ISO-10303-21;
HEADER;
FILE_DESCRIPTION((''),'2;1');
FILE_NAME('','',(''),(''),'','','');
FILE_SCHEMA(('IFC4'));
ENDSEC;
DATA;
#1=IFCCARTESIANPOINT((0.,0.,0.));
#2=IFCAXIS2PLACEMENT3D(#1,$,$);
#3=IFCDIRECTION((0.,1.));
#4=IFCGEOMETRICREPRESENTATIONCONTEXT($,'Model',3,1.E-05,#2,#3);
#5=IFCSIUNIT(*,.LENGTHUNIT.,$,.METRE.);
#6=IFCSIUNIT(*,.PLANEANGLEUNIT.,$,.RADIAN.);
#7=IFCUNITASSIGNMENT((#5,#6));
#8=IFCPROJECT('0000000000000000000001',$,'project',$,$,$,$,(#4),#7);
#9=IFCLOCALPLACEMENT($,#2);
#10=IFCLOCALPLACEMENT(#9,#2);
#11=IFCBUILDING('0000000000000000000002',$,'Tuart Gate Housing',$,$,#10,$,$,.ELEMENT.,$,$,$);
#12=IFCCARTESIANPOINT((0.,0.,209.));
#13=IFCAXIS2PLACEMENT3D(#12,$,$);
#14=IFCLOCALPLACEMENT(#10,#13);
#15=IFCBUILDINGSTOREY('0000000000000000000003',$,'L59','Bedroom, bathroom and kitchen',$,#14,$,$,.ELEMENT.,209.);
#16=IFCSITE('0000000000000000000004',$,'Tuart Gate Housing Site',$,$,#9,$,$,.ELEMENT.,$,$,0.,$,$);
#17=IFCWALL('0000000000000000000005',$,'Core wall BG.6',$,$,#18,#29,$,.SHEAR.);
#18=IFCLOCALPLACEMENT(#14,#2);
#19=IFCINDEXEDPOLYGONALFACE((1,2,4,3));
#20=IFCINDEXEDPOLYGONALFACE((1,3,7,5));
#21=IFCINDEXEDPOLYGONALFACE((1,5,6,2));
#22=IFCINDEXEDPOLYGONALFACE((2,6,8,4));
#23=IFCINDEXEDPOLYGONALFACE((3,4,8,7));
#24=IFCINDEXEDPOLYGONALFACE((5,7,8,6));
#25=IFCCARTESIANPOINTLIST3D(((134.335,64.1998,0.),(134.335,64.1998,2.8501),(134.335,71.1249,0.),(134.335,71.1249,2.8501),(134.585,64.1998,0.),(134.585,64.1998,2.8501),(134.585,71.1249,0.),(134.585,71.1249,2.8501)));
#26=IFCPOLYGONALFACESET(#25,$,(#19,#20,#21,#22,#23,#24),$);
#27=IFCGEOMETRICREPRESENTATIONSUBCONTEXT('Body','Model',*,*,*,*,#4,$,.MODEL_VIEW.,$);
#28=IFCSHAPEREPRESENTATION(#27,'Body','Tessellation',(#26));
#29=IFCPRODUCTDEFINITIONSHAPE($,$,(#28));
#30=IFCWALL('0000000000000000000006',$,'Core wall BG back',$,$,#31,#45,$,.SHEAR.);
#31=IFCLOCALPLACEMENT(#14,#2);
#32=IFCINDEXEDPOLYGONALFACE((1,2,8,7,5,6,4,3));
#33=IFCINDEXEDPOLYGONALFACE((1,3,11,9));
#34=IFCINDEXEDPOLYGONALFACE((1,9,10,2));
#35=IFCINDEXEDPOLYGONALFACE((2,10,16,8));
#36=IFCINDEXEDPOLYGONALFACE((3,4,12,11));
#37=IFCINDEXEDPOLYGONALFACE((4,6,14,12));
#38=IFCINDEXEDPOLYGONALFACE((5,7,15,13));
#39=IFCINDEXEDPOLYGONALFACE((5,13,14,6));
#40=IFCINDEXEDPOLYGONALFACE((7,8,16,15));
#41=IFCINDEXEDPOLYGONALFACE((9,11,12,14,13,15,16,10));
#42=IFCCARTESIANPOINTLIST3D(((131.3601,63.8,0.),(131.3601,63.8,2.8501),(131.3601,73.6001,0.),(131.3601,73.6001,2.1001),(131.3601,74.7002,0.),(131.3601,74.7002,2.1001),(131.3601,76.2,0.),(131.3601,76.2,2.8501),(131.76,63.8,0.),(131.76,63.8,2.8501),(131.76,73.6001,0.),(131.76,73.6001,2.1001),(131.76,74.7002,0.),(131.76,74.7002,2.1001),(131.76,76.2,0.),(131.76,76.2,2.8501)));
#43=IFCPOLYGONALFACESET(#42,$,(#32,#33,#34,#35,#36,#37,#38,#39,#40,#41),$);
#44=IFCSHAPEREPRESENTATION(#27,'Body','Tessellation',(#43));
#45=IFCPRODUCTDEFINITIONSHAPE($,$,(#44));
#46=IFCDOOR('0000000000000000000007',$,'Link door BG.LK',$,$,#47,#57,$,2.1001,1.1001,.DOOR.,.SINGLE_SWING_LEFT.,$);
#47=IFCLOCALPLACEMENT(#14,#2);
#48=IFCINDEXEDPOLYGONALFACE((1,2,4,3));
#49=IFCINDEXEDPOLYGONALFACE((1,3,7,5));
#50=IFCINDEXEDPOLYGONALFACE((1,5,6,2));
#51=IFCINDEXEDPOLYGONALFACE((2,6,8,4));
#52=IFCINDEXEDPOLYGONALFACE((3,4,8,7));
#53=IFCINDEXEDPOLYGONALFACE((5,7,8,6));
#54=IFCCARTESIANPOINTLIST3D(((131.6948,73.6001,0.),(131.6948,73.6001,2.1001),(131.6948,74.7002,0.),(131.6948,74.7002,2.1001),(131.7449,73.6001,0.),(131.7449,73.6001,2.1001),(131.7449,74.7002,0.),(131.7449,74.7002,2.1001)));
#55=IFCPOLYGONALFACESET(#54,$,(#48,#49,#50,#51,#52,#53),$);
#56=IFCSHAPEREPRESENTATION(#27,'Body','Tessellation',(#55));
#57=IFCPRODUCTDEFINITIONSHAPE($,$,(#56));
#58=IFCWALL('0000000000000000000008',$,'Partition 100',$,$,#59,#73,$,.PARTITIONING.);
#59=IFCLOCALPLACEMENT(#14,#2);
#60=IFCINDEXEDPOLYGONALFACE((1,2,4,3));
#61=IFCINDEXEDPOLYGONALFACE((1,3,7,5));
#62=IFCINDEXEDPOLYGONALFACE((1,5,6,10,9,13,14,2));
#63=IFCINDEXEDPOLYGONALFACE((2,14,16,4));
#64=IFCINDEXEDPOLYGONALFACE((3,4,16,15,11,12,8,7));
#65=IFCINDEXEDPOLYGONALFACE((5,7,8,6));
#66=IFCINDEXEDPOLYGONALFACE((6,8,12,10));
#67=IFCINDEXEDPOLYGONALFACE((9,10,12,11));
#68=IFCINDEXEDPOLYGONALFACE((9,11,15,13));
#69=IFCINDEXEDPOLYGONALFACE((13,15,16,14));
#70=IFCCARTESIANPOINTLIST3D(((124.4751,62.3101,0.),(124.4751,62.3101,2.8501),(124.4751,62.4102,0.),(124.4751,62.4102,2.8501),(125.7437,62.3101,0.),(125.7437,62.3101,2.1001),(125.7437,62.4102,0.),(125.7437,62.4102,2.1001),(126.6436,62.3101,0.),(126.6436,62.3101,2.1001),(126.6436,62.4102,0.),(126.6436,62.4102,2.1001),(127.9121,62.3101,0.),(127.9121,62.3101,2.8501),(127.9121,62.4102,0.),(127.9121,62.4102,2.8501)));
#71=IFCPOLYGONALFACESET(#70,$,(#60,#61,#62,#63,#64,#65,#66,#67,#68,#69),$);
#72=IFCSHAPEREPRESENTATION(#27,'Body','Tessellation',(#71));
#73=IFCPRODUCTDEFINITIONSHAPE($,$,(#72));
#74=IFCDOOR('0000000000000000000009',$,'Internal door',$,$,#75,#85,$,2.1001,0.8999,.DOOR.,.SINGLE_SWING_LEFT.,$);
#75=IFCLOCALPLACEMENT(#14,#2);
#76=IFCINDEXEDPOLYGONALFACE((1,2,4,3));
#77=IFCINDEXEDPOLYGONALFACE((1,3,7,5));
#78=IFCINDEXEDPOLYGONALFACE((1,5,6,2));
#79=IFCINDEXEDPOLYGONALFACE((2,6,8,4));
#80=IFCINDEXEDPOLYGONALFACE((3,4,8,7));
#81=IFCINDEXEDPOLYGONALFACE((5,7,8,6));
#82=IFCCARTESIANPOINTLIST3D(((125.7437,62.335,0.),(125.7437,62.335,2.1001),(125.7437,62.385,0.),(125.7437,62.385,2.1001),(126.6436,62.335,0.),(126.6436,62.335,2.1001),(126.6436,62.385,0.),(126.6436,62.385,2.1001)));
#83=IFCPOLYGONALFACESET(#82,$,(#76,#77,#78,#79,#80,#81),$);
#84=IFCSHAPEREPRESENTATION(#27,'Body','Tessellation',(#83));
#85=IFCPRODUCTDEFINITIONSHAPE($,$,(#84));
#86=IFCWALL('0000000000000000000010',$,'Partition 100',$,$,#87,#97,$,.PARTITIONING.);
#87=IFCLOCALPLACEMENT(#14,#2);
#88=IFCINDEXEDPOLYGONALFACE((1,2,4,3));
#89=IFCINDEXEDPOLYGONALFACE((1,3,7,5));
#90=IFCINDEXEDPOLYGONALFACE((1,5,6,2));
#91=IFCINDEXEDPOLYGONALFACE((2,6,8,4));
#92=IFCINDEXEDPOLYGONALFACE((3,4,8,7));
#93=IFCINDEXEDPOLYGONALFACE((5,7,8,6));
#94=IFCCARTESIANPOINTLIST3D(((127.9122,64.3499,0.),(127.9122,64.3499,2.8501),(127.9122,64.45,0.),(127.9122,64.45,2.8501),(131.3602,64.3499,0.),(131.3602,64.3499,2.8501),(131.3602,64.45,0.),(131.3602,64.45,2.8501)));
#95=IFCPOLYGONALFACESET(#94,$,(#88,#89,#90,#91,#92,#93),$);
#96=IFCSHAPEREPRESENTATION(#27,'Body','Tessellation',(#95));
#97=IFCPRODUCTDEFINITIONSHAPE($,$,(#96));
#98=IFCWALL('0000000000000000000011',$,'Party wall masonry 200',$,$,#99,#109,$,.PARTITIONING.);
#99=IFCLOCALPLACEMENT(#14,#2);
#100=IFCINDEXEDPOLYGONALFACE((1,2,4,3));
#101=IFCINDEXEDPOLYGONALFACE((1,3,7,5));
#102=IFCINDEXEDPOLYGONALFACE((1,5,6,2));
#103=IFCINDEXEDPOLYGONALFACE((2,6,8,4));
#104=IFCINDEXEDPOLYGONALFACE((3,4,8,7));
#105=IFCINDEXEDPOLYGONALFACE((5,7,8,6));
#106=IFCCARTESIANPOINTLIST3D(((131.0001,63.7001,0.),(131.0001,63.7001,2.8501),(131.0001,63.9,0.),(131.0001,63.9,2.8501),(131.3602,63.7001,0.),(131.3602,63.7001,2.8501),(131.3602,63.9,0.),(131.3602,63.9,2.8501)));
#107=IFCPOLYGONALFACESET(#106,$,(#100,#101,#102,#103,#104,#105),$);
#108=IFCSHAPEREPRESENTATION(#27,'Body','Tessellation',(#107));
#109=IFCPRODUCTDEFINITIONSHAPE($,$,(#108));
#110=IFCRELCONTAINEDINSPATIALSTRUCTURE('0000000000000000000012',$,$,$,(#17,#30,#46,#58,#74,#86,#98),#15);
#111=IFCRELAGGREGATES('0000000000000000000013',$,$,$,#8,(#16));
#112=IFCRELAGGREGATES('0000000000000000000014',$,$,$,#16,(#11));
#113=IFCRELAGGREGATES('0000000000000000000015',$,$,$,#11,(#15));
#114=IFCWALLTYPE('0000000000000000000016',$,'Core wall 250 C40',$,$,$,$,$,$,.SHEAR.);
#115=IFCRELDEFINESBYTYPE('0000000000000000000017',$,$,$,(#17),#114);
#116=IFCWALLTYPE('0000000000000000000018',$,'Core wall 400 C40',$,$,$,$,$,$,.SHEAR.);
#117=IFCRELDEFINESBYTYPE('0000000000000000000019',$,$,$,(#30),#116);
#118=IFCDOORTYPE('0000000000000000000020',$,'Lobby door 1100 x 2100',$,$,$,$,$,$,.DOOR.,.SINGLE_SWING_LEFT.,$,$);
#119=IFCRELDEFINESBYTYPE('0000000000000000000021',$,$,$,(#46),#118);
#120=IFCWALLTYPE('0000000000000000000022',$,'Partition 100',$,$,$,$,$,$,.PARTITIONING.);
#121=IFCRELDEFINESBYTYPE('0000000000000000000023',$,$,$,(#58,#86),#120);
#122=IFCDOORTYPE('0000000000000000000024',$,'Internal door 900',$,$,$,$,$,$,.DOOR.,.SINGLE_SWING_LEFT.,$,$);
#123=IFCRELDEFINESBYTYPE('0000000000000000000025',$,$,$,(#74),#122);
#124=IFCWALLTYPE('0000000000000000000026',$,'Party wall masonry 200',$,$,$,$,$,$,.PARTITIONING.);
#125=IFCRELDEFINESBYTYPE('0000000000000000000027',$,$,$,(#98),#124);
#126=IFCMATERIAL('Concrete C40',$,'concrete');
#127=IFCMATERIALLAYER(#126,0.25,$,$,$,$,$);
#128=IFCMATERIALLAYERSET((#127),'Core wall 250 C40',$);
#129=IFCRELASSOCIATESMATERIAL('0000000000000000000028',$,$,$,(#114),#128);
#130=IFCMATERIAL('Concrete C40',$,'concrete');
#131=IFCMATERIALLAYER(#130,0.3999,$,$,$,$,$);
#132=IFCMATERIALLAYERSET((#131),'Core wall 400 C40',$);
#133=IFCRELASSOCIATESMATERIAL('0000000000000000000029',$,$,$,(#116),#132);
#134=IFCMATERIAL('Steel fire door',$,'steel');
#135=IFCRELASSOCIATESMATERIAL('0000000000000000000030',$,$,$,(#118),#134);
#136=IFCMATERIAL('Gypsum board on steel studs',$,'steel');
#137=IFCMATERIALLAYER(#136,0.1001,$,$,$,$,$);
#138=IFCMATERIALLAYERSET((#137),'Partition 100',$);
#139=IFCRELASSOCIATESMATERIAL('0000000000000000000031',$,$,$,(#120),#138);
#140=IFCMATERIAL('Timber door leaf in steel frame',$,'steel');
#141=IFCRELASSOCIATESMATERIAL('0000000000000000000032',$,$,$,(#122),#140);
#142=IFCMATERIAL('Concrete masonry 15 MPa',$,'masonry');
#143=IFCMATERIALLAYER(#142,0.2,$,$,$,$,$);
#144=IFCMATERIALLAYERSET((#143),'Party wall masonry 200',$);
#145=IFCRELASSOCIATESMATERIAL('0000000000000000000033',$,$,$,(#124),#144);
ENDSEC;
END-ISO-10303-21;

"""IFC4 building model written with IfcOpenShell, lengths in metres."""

from ifc_helpers import new_model, si_unit, direction, frame, frame_2d, origin, place, context, subcontext, project, spatial, rectangle, extrude, material, layer, layer_set, type_object, element, fill, save


model = new_model("IFC4")

# Units and contexts
model_context = context("Model", 3, precision=1e-05, world=origin(), true_north=direction((0.0, 1.0)))
body_context = subcontext(model_context, "Body", "Model", "MODEL_VIEW")
ifc_project = project(units=[si_unit("LENGTHUNIT", "METRE"), si_unit("PLANEANGLEUNIT", "RADIAN")], contexts=[model_context])

# Site, building, storey
site_placement = place(None, origin())
site = spatial("IfcSite", under=ifc_project, at=site_placement, Name="Tuart Gate Housing Site", CompositionType="ELEMENT", RefElevation=0.0)
building_placement = place(site_placement, origin())
building = spatial("IfcBuilding", under=site, at=building_placement, Name="Tuart Gate Housing", CompositionType="ELEMENT")
storey_placement = place(building_placement, frame((0.0, 0.0, 209.0)))
storey = spatial("IfcBuildingStorey", under=building, at=storey_placement, Name="L59", Description="Bedroom, bathroom and kitchen", CompositionType="ELEMENT", Elevation=209.0)

# Wall
ifc_material_1 = material(Name="Concrete C40", Category="concrete")
ifc_layer_1 = layer(ifc_material_1, 0.25)
ifc_layer_set_1 = layer_set([ifc_layer_1], Name="Core wall 250 C40")
wall_type_1 = type_object("IfcWallType", Name="Core wall 250 C40", PredefinedType="SHEAR", material=ifc_layer_set_1)
wall_1_placement = place(storey_placement, frame((134.46, 64.2, 0.0), z_axis=(0.0, 0.0, 1.0), x_axis=(0.0, 1.0, 0.0)))
element("IfcWall", 1, at=wall_1_placement, inside=storey, type_object=wall_type_1, Name="Core wall BG.6", PredefinedType="SHEAR", context=body_context, shape_type="SweptSolid", body=[
    extrude(rectangle(XDim=6.925, YDim=0.25, at=frame_2d((3.4624, 0.0))), origin(), (0.0, 0.0, 1.0), 2.8501),
])

# Walls, openings, doors
ifc_material_2 = material(Name="Concrete C40", Category="concrete")
ifc_layer_2 = layer(ifc_material_2, 0.3999)
ifc_layer_set_2 = layer_set([ifc_layer_2], Name="Core wall 400 C40")
wall_type_2 = type_object("IfcWallType", Name="Core wall 400 C40", PredefinedType="SHEAR", material=ifc_layer_set_2)
wall_2_placement = place(storey_placement, frame((131.5601, 63.8, 0.0), z_axis=(0.0, 0.0, 1.0), x_axis=(0.0, 1.0, 0.0)))
wall_2 = element("IfcWall", 2, at=wall_2_placement, inside=storey, type_object=wall_type_2, Name="Core wall BG back", PredefinedType="SHEAR", context=body_context, shape_type="SweptSolid", body=[
    extrude(rectangle(XDim=12.3999, YDim=0.3999, at=frame_2d((6.2, 0.0))), origin(), (0.0, 0.0, 1.0), 2.8501),
])
opening_1_placement = place(wall_2_placement, frame((9.8, 0.0, 0.0)))
opening_1 = element("IfcOpeningElement", 3, at=opening_1_placement, cuts=wall_2, PredefinedType="OPENING", context=body_context, shape_type="SweptSolid", body=[
    extrude(rectangle(XDim=1.1001, YDim=2.1001, at=frame_2d((0.55, 1.05))), frame((0.0, 0.21, 0.0), z_axis=(0.0, -1.0, 0.0), x_axis=(1.0, 0.0, 0.0)), (0.0, 0.0, 1.0), 0.4199),
])
ifc_material_3 = material(Name="Steel fire door", Category="steel")
door_type_1 = type_object("IfcDoorType", Name="Lobby door 1100 x 2100", OperationType="SINGLE_SWING_LEFT", PredefinedType="DOOR", material=ifc_material_3)
door_1_placement = place(opening_1_placement, frame((1.1001, 0.0, 0.0), z_axis=(0.0, 0.0, 1.0), x_axis=(-1.0, 0.0, 0.0)))
door_1 = element("IfcDoor", 4, at=door_1_placement, inside=storey, type_object=door_type_1, Name="Link door BG.LK", OperationType="SINGLE_SWING_LEFT", OverallHeight=2.1001, OverallWidth=1.1001, PredefinedType="DOOR", context=body_context, shape_type="SweptSolid", body=[
    extrude(rectangle(XDim=1.1001, YDim=2.1001, at=frame_2d((0.55, 1.05))), frame((0.0, 0.1848, 0.0), z_axis=(0.0, -1.0, 0.0), x_axis=(1.0, 0.0, 0.0)), (0.0, 0.0, 1.0), 0.05),
])
fill(opening_1, door_1)
ifc_material_4 = material(Name="Gypsum board on steel studs", Category="steel")
ifc_layer_3 = layer(ifc_material_4, 0.1001)
ifc_layer_set_3 = layer_set([ifc_layer_3], Name="Partition 100")
wall_type_3 = type_object("IfcWallType", Name="Partition 100", PredefinedType="PARTITIONING", material=ifc_layer_set_3)
wall_3_placement = place(storey_placement, frame((124.4751, 62.3601, 0.0), z_axis=(0.0, 0.0, 1.0), x_axis=(1.0, 0.0, 0.0)))
wall_3 = element("IfcWall", 5, at=wall_3_placement, inside=storey, type_object=wall_type_3, Name="Partition 100", PredefinedType="PARTITIONING", context=body_context, shape_type="SweptSolid", body=[
    extrude(rectangle(XDim=3.437, YDim=0.1001, at=frame_2d((1.7185, 0.0))), origin(), (0.0, 0.0, 1.0), 2.8501),
])
opening_2_placement = place(wall_3_placement, frame((1.2686, 0.0, 0.0)))
opening_2 = element("IfcOpeningElement", 6, at=opening_2_placement, cuts=wall_3, PredefinedType="OPENING", context=body_context, shape_type="SweptSolid", body=[
    extrude(rectangle(XDim=0.8999, YDim=2.1001, at=frame_2d((0.45, 1.05))), frame((0.0, 0.0601, 0.0), z_axis=(0.0, -1.0, 0.0), x_axis=(1.0, 0.0, 0.0)), (0.0, 0.0, 1.0), 0.1201),
])
ifc_material_5 = material(Name="Timber door leaf in steel frame", Category="steel")
door_type_2 = type_object("IfcDoorType", Name="Internal door 900", OperationType="SINGLE_SWING_LEFT", PredefinedType="DOOR", material=ifc_material_5)
door_2_placement = place(opening_2_placement, origin())
door_2 = element("IfcDoor", 7, at=door_2_placement, inside=storey, type_object=door_type_2, Name="Internal door", OperationType="SINGLE_SWING_LEFT", OverallHeight=2.1001, OverallWidth=0.8999, PredefinedType="DOOR", context=body_context, shape_type="SweptSolid", body=[
    extrude(rectangle(XDim=0.8999, YDim=2.1001, at=frame_2d((0.45, 1.05))), frame((0.0, 0.0249, 0.0), z_axis=(0.0, -1.0, 0.0), x_axis=(1.0, 0.0, 0.0)), (0.0, 0.0, 1.0), 0.05),
])
fill(opening_2, door_2)

# Walls
wall_4_placement = place(storey_placement, frame((127.9121, 64.3999, 0.0), z_axis=(0.0, 0.0, 1.0), x_axis=(1.0, 0.0, 0.0)))
element("IfcWall", 8, at=wall_4_placement, inside=storey, type_object=wall_type_3, Name="Partition 100", PredefinedType="PARTITIONING", context=body_context, shape_type="SweptSolid", body=[
    extrude(rectangle(XDim=3.448, YDim=0.1001, at=frame_2d((1.7241, 0.0))), origin(), (0.0, 0.0, 1.0), 2.8501),
])
ifc_material_6 = material(Name="Concrete masonry 15 MPa", Category="masonry")
ifc_layer_4 = layer(ifc_material_6, 0.2)
ifc_layer_set_4 = layer_set([ifc_layer_4], Name="Party wall masonry 200")
wall_type_4 = type_object("IfcWallType", Name="Party wall masonry 200", PredefinedType="PARTITIONING", material=ifc_layer_set_4)
wall_5_placement = place(storey_placement, frame((131.0, 63.8, 0.0), z_axis=(0.0, 0.0, 1.0), x_axis=(1.0, 0.0, 0.0)))
element("IfcWall", 9, at=wall_5_placement, inside=storey, type_object=wall_type_4, Name="Party wall masonry 200", PredefinedType="PARTITIONING", context=body_context, shape_type="SweptSolid", body=[
    extrude(rectangle(XDim=0.3601, YDim=0.2, at=frame_2d((0.1802, 0.0))), origin(), (0.0, 0.0, 1.0), 2.8501),
])

save(model, "model.ifc")
